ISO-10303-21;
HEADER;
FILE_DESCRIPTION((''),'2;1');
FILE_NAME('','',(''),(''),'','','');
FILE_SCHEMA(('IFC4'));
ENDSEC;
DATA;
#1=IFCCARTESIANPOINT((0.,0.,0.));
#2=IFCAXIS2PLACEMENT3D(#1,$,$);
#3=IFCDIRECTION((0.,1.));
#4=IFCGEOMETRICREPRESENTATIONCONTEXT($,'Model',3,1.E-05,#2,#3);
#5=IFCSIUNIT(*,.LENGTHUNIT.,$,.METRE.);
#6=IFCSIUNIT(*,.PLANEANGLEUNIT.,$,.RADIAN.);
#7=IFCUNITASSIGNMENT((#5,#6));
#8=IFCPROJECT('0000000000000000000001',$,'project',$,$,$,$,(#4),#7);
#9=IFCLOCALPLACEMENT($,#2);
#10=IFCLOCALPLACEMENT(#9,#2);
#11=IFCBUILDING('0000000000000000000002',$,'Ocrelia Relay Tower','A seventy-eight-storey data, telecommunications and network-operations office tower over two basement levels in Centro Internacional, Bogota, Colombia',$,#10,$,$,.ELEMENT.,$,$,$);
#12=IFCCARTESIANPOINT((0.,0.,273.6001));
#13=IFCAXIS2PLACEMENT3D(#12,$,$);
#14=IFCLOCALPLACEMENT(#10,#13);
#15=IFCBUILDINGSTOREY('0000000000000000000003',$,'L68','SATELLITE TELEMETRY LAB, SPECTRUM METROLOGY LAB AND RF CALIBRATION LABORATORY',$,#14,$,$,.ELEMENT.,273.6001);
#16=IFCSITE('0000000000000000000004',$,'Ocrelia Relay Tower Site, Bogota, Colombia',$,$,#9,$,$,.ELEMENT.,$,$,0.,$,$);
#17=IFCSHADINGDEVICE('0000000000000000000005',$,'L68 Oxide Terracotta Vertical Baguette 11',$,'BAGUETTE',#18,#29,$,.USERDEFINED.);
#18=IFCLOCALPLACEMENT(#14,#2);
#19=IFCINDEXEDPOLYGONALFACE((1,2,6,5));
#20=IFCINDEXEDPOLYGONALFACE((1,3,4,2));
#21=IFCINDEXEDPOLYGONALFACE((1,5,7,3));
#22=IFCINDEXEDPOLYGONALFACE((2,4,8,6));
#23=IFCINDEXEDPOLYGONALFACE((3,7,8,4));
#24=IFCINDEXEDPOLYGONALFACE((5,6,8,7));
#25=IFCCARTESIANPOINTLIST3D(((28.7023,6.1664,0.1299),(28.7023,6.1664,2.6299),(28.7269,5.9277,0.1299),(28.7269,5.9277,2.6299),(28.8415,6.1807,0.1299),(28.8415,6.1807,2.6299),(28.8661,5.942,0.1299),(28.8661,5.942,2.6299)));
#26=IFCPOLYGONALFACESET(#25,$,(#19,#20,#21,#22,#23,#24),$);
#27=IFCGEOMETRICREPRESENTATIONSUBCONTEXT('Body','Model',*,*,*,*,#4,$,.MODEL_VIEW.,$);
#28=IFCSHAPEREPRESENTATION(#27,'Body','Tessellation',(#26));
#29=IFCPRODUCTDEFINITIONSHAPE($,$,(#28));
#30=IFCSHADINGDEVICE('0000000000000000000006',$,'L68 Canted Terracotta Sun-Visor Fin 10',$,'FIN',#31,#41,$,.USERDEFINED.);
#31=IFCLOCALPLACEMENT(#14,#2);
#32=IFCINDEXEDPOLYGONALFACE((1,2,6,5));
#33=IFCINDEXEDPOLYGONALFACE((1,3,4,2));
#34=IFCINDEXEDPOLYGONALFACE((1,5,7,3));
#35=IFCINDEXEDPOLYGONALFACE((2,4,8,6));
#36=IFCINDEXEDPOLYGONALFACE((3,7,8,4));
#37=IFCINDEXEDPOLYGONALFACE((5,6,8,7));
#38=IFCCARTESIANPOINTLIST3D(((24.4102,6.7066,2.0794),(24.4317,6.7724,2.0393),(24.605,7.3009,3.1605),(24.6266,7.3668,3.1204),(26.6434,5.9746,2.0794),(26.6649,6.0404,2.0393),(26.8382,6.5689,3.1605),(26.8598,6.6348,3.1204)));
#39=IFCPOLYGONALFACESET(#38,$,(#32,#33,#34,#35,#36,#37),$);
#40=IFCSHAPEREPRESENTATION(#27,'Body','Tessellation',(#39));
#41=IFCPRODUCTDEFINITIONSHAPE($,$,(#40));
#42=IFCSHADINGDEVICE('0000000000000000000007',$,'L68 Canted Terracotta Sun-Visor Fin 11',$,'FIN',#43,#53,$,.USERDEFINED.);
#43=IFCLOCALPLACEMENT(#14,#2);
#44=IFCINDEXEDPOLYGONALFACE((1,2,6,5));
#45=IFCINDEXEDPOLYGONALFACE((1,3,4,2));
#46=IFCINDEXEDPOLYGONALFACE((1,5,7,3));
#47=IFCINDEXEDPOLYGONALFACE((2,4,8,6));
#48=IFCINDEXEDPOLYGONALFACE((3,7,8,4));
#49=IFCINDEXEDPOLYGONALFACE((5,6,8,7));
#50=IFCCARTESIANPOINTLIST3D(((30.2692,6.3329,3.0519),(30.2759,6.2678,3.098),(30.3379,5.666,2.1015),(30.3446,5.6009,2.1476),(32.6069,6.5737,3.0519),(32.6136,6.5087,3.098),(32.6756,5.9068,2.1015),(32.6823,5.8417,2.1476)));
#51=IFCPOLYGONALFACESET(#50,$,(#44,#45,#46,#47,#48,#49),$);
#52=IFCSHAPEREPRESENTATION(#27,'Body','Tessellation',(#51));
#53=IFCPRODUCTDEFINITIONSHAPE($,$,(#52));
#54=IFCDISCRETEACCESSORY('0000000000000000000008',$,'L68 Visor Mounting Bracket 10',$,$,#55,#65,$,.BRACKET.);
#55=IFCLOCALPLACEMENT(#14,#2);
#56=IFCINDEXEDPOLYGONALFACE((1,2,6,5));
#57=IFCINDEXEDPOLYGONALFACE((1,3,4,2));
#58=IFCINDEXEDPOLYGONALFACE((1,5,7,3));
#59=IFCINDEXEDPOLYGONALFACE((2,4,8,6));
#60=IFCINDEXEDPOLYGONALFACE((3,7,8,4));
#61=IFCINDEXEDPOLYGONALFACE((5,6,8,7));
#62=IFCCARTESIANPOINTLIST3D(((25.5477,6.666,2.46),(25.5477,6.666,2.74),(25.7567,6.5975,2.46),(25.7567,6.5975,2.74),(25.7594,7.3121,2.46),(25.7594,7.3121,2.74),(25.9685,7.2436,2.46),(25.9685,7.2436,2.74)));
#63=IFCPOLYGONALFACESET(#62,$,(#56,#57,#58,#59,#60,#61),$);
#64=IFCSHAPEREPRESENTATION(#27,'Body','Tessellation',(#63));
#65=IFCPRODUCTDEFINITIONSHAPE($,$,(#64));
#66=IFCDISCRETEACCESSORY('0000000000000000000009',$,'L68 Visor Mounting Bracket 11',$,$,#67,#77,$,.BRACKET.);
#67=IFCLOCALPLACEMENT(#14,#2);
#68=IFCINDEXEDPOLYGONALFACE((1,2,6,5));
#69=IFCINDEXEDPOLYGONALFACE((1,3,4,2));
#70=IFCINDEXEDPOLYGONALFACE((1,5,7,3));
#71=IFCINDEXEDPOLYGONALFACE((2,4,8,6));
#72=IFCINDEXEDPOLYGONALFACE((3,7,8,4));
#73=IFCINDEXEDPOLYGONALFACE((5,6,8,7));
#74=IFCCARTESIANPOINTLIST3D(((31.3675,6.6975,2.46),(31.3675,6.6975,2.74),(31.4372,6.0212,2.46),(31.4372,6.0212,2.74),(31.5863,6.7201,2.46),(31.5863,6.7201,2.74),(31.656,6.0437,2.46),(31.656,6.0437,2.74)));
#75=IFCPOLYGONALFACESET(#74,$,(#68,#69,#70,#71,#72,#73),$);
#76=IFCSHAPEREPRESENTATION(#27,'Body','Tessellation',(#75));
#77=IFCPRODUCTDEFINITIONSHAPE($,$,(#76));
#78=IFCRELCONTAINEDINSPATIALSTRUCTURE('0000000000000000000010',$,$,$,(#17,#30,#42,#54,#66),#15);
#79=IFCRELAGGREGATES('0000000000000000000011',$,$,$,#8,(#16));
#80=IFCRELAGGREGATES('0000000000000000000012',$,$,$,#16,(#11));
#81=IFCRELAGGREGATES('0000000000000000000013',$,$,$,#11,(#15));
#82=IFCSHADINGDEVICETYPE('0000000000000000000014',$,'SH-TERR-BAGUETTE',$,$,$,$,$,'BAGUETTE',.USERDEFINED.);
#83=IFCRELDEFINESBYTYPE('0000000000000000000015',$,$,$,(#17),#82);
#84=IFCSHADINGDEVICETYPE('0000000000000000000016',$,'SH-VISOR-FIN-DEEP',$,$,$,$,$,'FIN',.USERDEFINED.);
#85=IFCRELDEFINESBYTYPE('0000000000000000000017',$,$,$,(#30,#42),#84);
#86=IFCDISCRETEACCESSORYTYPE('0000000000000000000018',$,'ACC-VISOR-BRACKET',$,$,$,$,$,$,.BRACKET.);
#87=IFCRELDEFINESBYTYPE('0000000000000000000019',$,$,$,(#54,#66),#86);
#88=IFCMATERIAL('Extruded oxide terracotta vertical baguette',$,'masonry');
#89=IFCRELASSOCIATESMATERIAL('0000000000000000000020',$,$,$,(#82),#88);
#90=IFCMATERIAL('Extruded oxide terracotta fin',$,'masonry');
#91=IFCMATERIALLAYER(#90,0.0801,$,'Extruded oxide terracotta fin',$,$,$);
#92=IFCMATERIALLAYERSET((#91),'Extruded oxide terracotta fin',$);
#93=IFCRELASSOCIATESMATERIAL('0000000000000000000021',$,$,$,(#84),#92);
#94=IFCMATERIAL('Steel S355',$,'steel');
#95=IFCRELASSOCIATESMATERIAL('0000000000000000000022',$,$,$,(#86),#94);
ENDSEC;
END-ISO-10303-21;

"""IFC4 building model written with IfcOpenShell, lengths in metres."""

from ifc_helpers import new_model, si_unit, direction, frame, origin, origin_2d, place, context, subcontext, project, spatial, rectangle, extrude, material, layer, layer_set, type_object, element, save


model = new_model("IFC4")

# Units and contexts
model_context = context("Model", 3, precision=1e-05, world=origin(), true_north=direction((0.0, 1.0)))
body_context = subcontext(model_context, "Body", "Model", "MODEL_VIEW")
ifc_project = project(units=[si_unit("LENGTHUNIT", "METRE"), si_unit("PLANEANGLEUNIT", "RADIAN")], contexts=[model_context])

# Site, building, storey
site_placement = place(None, origin())
site = spatial("IfcSite", under=ifc_project, at=site_placement, Name="Ocrelia Relay Tower Site, Bogota, Colombia", CompositionType="ELEMENT", RefElevation=0.0)
building_placement = place(site_placement, origin())
building = spatial("IfcBuilding", under=site, at=building_placement, Name="Ocrelia Relay Tower", Description="A seventy-eight-storey data, telecommunications and network-operations office tower over two basement levels in Centro Internacional, Bogota, Colombia", CompositionType="ELEMENT")
storey_placement = place(building_placement, frame((0.0, 0.0, 273.6001)))
storey = spatial("IfcBuildingStorey", under=building, at=storey_placement, Name="L68", Description="SATELLITE TELEMETRY LAB, SPECTRUM METROLOGY LAB AND RF CALIBRATION LABORATORY", CompositionType="ELEMENT", Elevation=273.6001)

# Shared definitions
ifc_material_1 = material(Name="Steel S355", Category="steel")

# Shading devices
ifc_material_2 = material(Name="Extruded oxide terracotta vertical baguette", Category="masonry")
shading_device_type_1 = type_object("IfcShadingDeviceType", Name="SH-TERR-BAGUETTE", ElementType="BAGUETTE", PredefinedType="USERDEFINED", material=ifc_material_2)
shading_device_1_placement = place(storey_placement, frame((28.7842, 6.0542, 0.1299), z_axis=(0.0, 0.0, 1.0), x_axis=(0.994735, 0.102476, 0.0)))
element("IfcShadingDevice", 1, at=shading_device_1_placement, inside=storey, type_object=shading_device_type_1, Name="L68 Oxide Terracotta Vertical Baguette 11", ObjectType="BAGUETTE", PredefinedType="USERDEFINED", context=body_context, shape_type="SweptSolid", body=[
    extrude(rectangle(XDim=0.1399, YDim=0.24, at=origin_2d()), origin(), (0.0, 0.0, 1.0), 2.5),
])
ifc_material_3 = material(Name="Extruded oxide terracotta fin", Category="masonry")
ifc_layer_1 = layer(ifc_material_3, 0.0801, Name="Extruded oxide terracotta fin")
ifc_layer_set_1 = layer_set([ifc_layer_1], Name="Extruded oxide terracotta fin")
shading_device_type_2 = type_object("IfcShadingDeviceType", Name="SH-VISOR-FIN-DEEP", ElementType="FIN", PredefinedType="USERDEFINED", material=ifc_layer_set_1)
shading_device_2_placement = place(storey_placement, frame((25.6458, 6.7036, 2.5798), z_axis=(-0.269606, -0.82253, 0.500756), x_axis=(0.950255, -0.311472, 0.0)))
element("IfcShadingDevice", 2, at=shading_device_2_placement, inside=storey, type_object=shading_device_type_2, Name="L68 Canted Terracotta Sun-Visor Fin 10", ObjectType="FIN", PredefinedType="USERDEFINED", context=body_context, shape_type="SweptSolid", body=[
    extrude(rectangle(XDim=2.3501, YDim=1.249, at=origin_2d()), origin(), (0.0, 0.0, 1.0), 0.0801),
])
shading_device_3_placement = place(storey_placement, frame((31.4724, 6.1199, 2.5767), z_axis=(0.083738, -0.812843, 0.576432), x_axis=(0.994735, 0.102476, 0.0)))
element("IfcShadingDevice", 3, at=shading_device_3_placement, inside=storey, type_object=shading_device_type_2, Name="L68 Canted Terracotta Sun-Visor Fin 11", ObjectType="FIN", PredefinedType="USERDEFINED", context=body_context, shape_type="SweptSolid", body=[
    extrude(rectangle(XDim=2.3501, YDim=1.1631, at=origin_2d()), origin(), (0.0, 0.0, 1.0), 0.0801),
])

# Discrete accessories
discrete_accessory_type = type_object("IfcDiscreteAccessoryType", Name="ACC-VISOR-BRACKET", PredefinedType="BRACKET", material=ifc_material_1)
for number, where, z_axis, x_axis, name in (
    (4, (25.7581, 6.9548, 2.46), (0.0, 0.0, 1.0), (0.950255, -0.311472, 0.0), "L68 Visor Mounting Bracket 10"),
    (5, (31.5117, 6.3706, 2.46), (0.0, 0.0, 1.0), (0.994735, 0.102476, 0.0), "L68 Visor Mounting Bracket 11"),
):
    element("IfcDiscreteAccessory", number, at=place(storey_placement, frame(where, z_axis=z_axis, x_axis=x_axis)), inside=storey, type_object=discrete_accessory_type, Name=name, PredefinedType="BRACKET", context=body_context, shape_type="SweptSolid", body=[
        extrude(rectangle(XDim=0.22, YDim=0.6799, at=origin_2d()), origin(), (0.0, 0.0, 1.0), 0.28),
    ])

save(model, "model.ifc")
